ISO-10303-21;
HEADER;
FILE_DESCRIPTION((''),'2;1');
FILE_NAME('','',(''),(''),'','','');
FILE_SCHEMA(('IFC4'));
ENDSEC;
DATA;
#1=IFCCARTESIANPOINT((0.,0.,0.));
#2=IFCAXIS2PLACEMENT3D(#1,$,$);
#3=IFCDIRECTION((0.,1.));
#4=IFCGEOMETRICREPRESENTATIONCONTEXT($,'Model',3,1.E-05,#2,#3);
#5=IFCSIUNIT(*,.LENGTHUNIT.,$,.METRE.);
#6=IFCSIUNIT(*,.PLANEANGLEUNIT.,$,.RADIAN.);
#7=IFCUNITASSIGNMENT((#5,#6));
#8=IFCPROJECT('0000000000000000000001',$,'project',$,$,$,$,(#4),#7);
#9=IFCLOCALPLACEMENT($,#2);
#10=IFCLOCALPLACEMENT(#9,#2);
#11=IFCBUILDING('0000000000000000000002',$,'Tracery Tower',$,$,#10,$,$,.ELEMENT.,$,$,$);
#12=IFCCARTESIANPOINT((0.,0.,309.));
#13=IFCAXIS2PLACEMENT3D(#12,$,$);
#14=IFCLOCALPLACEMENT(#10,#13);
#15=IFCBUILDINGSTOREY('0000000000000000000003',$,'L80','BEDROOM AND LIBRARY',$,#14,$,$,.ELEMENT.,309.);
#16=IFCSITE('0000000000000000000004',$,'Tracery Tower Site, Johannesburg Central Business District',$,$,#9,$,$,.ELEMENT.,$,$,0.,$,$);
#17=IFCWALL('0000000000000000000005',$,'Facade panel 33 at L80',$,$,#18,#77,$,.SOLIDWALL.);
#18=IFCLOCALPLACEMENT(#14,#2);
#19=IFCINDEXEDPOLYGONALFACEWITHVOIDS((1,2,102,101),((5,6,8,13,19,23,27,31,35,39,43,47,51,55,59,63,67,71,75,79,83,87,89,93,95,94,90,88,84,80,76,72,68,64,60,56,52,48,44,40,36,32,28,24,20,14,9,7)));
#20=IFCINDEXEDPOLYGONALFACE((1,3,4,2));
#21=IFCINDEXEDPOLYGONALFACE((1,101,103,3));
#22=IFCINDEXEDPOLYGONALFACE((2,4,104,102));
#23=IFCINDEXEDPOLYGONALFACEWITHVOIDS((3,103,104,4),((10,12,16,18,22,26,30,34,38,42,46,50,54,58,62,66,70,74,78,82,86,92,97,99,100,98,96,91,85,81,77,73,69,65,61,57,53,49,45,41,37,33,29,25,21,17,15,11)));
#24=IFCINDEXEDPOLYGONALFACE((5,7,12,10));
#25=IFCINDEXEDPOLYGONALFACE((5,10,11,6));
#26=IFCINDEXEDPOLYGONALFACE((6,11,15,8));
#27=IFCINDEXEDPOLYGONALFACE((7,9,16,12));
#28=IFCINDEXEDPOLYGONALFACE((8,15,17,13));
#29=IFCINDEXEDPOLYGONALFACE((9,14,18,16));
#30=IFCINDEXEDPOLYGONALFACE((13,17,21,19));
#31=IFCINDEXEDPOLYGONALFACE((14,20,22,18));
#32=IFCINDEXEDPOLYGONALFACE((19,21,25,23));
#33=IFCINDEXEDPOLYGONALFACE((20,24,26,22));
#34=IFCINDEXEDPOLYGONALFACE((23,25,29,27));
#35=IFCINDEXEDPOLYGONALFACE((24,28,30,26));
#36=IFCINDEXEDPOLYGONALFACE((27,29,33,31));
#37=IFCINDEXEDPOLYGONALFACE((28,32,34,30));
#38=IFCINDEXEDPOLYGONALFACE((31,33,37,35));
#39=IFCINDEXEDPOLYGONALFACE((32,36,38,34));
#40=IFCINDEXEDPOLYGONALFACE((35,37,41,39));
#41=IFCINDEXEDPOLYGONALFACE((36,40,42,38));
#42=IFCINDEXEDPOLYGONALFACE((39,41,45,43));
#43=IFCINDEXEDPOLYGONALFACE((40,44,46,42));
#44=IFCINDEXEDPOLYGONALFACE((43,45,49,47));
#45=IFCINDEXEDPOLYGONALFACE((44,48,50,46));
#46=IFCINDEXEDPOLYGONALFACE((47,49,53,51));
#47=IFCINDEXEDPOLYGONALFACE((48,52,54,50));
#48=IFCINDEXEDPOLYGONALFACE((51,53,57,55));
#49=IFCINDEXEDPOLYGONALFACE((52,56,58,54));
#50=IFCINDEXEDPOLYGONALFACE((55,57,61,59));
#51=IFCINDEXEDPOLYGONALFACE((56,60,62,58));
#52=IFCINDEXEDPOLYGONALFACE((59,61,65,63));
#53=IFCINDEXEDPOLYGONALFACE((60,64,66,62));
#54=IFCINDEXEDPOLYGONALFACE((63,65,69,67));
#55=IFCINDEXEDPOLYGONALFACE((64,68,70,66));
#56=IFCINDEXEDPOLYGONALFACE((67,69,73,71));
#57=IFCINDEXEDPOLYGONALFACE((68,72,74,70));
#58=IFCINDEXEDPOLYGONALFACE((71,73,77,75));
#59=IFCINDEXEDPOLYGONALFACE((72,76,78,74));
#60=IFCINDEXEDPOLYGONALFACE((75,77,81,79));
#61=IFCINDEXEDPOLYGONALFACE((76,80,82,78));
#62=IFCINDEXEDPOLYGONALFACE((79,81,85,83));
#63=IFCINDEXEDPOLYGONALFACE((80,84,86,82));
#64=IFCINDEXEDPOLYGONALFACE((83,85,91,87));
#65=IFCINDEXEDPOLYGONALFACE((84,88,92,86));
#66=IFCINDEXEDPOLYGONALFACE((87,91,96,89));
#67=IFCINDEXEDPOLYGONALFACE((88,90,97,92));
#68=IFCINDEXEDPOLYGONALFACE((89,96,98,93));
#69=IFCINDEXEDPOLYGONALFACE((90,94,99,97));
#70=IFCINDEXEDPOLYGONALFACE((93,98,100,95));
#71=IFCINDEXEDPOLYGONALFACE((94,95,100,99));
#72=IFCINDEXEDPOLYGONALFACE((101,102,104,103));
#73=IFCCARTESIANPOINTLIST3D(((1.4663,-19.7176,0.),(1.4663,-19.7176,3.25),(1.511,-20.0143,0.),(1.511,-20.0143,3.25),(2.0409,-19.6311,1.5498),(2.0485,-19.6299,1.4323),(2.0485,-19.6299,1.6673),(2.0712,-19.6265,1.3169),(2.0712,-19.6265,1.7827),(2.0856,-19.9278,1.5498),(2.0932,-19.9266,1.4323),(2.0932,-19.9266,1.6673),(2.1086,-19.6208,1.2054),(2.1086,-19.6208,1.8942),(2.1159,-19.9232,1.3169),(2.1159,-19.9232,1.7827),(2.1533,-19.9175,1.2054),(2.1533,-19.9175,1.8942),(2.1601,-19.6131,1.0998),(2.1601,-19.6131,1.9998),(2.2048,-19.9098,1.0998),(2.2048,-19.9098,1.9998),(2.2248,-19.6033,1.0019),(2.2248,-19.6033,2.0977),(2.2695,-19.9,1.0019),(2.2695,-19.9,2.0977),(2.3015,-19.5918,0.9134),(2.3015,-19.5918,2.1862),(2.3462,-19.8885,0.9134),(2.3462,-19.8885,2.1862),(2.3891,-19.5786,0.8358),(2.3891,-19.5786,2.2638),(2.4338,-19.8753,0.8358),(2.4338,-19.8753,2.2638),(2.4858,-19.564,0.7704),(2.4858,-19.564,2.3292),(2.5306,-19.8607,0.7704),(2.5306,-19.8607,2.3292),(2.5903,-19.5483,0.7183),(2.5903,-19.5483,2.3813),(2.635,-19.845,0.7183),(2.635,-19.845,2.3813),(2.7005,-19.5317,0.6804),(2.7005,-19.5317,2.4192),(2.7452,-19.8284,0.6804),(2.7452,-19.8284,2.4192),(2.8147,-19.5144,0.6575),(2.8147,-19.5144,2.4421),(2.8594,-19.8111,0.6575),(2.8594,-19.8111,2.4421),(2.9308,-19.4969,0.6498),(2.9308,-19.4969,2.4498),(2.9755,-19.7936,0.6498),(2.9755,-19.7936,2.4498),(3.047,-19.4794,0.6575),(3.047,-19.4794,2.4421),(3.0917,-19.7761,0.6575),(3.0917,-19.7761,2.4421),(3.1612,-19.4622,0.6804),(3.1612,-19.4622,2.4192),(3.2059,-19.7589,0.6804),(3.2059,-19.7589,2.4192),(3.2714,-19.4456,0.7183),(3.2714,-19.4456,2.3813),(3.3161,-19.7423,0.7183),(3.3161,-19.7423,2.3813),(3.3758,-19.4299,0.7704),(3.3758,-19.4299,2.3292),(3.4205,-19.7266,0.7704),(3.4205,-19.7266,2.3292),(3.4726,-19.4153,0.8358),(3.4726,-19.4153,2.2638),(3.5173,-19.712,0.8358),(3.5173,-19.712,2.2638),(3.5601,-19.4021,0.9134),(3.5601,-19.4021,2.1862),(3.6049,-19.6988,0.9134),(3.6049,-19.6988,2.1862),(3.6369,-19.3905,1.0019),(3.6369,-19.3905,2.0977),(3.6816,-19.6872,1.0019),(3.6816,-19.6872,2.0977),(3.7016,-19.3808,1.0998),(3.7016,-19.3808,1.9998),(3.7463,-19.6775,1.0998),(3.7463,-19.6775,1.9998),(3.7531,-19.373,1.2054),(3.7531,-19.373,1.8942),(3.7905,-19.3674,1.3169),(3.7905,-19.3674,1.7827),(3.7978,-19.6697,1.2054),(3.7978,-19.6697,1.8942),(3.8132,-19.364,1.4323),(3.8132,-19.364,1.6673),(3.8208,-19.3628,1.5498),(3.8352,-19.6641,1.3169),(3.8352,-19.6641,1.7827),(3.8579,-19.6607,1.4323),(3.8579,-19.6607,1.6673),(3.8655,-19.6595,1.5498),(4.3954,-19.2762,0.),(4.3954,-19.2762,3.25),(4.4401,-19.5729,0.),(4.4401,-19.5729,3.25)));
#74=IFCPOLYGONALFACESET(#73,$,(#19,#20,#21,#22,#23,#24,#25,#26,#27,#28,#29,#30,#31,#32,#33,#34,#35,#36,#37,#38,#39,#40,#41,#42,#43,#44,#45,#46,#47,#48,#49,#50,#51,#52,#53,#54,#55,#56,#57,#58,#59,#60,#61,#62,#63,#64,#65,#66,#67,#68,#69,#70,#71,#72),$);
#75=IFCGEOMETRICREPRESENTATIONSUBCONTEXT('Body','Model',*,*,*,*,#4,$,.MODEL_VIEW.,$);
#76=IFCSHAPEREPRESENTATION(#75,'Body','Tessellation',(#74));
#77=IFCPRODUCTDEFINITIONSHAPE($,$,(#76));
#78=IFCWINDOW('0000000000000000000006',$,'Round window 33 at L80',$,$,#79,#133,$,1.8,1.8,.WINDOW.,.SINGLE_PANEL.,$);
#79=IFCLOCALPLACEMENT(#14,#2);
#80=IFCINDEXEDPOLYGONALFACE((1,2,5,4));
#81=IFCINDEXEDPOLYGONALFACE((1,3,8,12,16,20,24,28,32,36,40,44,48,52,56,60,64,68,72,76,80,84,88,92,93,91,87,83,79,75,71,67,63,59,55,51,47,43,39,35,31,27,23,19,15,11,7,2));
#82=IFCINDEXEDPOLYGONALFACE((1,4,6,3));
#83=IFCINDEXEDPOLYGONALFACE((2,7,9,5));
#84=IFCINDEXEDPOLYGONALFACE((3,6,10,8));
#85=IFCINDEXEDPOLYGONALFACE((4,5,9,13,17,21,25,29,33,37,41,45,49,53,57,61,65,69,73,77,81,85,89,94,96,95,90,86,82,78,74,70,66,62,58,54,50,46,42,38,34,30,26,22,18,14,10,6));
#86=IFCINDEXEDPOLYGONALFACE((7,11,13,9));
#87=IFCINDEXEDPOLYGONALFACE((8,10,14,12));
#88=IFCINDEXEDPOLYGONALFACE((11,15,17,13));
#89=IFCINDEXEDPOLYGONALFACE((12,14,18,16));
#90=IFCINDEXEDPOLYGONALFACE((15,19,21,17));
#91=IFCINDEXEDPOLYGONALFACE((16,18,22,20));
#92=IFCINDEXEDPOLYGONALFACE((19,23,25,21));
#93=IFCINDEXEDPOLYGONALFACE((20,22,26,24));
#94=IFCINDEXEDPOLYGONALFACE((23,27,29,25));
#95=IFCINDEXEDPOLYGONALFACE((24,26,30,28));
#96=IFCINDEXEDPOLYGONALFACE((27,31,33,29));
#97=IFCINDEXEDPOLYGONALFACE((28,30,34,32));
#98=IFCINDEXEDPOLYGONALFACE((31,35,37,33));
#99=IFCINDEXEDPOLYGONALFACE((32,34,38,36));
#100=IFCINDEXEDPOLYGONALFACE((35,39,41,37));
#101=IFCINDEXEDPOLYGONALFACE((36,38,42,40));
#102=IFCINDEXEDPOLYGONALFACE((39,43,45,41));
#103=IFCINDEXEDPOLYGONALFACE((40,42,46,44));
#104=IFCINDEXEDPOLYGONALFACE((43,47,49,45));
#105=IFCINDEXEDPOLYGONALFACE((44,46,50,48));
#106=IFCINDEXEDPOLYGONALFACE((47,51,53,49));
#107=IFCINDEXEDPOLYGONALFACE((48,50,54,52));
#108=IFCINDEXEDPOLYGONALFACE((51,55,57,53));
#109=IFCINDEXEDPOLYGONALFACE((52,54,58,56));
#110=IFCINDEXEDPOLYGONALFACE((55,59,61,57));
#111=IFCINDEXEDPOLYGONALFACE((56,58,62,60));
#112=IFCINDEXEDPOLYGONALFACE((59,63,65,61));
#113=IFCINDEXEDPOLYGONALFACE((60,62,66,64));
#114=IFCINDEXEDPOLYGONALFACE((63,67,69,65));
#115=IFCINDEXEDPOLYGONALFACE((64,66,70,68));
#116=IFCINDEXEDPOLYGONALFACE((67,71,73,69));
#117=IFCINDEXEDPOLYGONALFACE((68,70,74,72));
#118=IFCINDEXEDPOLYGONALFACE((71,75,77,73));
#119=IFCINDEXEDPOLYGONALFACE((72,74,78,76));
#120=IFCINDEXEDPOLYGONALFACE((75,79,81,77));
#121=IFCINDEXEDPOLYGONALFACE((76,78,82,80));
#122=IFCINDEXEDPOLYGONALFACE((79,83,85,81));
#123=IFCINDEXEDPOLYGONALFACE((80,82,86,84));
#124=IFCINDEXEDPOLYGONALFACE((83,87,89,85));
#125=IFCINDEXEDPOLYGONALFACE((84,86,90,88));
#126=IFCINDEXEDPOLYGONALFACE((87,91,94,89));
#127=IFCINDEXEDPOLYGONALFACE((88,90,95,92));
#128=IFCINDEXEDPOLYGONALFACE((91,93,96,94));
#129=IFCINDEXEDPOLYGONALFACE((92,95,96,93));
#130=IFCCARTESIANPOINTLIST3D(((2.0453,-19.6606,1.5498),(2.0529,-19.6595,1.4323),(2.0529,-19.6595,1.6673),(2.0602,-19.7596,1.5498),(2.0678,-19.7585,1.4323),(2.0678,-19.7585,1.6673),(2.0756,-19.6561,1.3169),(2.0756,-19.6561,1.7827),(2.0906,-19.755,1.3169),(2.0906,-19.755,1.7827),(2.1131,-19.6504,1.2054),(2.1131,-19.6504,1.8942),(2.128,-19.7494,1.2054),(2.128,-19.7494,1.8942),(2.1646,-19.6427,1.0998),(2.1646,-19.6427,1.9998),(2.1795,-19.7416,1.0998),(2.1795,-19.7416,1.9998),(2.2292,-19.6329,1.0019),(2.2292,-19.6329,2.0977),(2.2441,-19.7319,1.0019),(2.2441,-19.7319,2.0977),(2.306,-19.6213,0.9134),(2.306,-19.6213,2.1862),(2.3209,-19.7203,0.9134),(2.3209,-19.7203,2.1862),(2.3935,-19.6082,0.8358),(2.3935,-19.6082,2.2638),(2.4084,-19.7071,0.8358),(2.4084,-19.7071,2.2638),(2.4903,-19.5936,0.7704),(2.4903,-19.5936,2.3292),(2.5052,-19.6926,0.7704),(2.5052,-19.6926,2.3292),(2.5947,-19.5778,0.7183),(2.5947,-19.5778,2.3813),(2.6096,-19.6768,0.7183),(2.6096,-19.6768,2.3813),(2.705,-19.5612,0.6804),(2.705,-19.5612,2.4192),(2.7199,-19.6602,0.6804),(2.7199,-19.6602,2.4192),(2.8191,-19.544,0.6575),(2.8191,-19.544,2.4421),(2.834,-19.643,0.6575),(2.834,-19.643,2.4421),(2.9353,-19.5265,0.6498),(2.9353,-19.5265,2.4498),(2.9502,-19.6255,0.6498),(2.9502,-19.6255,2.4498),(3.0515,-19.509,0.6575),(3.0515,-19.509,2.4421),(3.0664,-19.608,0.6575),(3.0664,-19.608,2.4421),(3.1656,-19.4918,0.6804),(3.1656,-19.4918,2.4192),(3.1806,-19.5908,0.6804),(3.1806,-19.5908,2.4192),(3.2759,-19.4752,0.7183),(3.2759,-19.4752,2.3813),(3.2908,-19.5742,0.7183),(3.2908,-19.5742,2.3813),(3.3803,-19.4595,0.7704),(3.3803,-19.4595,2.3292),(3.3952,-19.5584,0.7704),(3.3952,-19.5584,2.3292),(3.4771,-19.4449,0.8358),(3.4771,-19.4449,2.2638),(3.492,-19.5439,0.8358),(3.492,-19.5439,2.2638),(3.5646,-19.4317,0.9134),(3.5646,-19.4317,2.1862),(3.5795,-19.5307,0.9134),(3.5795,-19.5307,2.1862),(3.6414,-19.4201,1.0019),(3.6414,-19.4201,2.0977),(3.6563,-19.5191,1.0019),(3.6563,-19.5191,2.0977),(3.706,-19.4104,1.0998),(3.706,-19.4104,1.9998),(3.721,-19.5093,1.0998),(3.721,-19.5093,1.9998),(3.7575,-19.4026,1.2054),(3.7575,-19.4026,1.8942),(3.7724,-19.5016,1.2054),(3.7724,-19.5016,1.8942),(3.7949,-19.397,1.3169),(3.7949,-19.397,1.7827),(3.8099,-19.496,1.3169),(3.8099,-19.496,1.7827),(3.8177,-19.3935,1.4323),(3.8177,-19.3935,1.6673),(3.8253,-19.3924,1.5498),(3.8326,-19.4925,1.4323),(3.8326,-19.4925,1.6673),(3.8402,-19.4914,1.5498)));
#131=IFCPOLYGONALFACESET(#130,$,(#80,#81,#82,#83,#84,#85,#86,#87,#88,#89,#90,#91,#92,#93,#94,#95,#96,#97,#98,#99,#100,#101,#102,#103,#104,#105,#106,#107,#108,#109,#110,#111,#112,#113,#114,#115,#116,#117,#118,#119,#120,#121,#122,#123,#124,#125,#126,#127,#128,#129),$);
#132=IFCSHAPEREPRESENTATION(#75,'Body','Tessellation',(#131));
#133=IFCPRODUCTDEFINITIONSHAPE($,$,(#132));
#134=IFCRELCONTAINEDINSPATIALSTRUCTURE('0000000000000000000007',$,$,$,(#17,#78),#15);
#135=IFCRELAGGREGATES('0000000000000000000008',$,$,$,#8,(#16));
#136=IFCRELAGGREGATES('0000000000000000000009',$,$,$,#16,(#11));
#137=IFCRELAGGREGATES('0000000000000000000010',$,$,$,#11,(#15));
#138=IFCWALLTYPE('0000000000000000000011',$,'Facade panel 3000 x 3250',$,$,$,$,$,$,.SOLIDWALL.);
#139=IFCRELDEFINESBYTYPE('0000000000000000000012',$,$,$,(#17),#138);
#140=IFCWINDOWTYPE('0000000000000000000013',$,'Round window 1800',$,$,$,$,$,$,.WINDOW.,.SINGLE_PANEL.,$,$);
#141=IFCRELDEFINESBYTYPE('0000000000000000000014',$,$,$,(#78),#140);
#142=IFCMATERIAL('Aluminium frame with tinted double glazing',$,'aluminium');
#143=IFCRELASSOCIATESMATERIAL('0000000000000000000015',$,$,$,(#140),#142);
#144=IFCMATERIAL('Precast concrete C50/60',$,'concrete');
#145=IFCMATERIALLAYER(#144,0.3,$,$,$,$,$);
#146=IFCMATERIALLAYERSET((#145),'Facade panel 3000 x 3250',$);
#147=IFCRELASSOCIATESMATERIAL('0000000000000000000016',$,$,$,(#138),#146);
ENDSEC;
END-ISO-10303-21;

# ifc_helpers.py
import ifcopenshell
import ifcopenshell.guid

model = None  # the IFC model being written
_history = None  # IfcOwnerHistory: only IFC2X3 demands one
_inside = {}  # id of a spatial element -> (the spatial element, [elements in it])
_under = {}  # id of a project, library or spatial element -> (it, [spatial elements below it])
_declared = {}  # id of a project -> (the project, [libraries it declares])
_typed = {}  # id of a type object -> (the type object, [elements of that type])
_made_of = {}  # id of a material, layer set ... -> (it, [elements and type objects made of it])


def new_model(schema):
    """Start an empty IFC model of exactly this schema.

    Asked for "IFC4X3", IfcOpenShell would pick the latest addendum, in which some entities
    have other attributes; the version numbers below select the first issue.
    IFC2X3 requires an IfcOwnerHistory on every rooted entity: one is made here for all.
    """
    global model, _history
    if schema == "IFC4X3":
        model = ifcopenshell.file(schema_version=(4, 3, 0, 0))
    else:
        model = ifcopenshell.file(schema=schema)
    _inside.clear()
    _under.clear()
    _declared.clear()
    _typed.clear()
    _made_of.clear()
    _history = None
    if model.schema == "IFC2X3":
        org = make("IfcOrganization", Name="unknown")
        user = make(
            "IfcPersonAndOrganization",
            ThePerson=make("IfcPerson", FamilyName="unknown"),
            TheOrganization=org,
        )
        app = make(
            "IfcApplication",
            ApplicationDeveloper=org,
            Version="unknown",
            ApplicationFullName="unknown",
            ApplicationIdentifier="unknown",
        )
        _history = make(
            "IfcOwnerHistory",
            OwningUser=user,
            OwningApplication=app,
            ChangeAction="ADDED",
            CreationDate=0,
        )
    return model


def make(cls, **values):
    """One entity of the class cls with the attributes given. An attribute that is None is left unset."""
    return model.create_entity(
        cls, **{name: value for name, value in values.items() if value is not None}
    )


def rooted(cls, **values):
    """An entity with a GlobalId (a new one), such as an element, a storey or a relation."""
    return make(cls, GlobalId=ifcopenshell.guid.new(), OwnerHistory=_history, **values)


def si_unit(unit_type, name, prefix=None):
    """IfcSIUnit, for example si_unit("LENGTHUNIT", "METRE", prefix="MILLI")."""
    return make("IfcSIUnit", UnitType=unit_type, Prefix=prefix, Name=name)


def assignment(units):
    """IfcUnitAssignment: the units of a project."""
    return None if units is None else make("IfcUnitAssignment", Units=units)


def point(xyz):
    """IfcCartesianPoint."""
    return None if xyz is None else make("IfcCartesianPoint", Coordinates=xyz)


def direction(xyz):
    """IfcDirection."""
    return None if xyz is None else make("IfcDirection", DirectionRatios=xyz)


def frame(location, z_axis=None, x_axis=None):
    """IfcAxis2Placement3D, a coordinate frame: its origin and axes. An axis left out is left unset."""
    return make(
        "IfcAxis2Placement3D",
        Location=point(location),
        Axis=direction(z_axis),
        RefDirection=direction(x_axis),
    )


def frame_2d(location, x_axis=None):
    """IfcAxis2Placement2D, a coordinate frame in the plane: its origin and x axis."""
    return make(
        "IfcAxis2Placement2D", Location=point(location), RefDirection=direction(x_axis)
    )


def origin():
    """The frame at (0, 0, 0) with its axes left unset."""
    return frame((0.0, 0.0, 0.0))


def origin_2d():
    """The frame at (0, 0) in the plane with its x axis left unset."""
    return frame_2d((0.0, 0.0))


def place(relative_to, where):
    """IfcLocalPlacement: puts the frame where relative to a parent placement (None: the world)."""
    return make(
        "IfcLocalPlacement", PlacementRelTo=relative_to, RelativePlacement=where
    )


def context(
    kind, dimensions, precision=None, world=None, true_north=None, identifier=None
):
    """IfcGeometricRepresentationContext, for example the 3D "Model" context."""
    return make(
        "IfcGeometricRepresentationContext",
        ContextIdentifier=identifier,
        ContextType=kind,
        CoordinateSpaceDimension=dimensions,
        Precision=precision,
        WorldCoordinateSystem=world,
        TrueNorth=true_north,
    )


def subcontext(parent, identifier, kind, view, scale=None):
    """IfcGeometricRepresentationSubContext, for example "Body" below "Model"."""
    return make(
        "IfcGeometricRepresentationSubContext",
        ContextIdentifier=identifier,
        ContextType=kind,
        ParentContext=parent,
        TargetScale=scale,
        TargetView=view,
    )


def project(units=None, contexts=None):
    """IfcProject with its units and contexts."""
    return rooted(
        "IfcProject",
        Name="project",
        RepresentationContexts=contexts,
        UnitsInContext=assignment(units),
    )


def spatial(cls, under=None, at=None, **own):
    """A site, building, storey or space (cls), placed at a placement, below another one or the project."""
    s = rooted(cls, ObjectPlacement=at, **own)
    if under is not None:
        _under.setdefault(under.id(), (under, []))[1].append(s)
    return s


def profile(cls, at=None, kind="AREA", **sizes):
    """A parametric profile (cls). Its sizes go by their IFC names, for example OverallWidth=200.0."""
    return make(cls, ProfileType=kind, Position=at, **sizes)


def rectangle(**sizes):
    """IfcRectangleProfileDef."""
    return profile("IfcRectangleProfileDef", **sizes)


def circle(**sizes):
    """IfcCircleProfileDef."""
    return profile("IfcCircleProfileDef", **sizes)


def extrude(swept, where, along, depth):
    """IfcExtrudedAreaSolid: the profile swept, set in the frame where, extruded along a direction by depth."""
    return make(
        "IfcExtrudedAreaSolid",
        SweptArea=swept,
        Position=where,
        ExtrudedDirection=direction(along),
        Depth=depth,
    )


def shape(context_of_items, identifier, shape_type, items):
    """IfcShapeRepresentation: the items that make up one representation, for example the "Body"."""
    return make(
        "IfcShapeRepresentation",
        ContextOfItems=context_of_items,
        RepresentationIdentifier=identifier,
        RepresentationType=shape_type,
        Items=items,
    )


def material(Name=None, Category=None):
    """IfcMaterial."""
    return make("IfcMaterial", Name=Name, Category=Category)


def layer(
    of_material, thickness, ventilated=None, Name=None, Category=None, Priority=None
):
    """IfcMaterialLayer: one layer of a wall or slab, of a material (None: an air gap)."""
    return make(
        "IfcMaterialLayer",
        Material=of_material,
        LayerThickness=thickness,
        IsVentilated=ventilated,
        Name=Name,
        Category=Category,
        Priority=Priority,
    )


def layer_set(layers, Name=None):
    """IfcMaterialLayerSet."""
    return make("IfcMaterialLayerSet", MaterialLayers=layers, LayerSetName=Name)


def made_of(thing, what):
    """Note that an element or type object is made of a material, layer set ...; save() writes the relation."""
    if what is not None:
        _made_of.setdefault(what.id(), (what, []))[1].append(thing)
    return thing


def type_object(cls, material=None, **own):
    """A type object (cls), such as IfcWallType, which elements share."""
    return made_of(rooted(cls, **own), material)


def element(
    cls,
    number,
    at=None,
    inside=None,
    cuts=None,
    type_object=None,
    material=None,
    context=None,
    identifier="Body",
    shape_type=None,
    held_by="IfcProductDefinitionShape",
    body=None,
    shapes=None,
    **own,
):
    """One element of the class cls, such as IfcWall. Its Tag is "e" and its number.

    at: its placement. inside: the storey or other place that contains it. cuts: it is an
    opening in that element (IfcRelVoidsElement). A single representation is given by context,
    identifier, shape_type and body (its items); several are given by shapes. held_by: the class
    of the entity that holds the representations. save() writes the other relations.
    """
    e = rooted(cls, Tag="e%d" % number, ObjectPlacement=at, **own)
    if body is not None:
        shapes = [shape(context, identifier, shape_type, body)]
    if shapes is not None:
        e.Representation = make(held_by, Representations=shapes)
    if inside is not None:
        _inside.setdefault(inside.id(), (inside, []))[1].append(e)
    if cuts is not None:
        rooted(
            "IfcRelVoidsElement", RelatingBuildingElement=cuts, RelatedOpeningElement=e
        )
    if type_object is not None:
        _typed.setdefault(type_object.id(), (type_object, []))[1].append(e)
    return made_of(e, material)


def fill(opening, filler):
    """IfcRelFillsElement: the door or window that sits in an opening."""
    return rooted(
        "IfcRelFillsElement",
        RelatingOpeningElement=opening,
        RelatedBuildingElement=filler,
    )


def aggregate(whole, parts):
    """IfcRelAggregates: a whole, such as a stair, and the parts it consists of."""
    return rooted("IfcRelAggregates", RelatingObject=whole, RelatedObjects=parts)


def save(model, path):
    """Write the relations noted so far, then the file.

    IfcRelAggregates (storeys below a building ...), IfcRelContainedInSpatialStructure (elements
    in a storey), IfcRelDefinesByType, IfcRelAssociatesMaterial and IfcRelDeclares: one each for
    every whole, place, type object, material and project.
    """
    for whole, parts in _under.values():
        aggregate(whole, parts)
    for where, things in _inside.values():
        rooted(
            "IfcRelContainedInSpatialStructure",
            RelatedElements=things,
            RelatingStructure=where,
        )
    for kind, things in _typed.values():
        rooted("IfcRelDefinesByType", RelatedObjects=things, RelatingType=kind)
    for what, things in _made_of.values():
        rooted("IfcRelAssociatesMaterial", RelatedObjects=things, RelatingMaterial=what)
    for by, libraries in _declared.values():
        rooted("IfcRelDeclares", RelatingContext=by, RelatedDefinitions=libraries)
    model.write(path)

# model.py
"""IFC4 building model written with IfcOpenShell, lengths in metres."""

from ifc_helpers import new_model, si_unit, direction, frame, frame_2d, origin, origin_2d, place, context, subcontext, project, spatial, rectangle, circle, extrude, material, layer, layer_set, type_object, element, fill, save


model = new_model("IFC4")

# Units and contexts
model_context = context("Model", 3, precision=1e-05, world=origin(), true_north=direction((0.0, 1.0)))
body_context = subcontext(model_context, "Body", "Model", "MODEL_VIEW")
ifc_project = project(units=[si_unit("LENGTHUNIT", "METRE"), si_unit("PLANEANGLEUNIT", "RADIAN")], contexts=[model_context])

# Site, building, storey
site_placement = place(None, origin())
site = spatial("IfcSite", under=ifc_project, at=site_placement, Name="Tracery Tower Site, Johannesburg Central Business District", CompositionType="ELEMENT", RefElevation=0.0)
building_placement = place(site_placement, origin())
building = spatial("IfcBuilding", under=site, at=building_placement, Name="Tracery Tower", CompositionType="ELEMENT")
storey_placement = place(building_placement, frame((0.0, 0.0, 309.0)))
storey = spatial("IfcBuildingStorey", under=building, at=storey_placement, Name="L80", Description="BEDROOM AND LIBRARY", CompositionType="ELEMENT", Elevation=309.0)

# Wall, opening, window
ifc_material_1 = material(Name="Aluminium frame with tinted double glazing", Category="aluminium")
window_type = type_object("IfcWindowType", Name="Round window 1800", PartitioningType="SINGLE_PANEL", PredefinedType="WINDOW", material=ifc_material_1)
ifc_material_2 = material(Name="Precast concrete C50/60", Category="concrete")
ifc_layer_1 = layer(ifc_material_2, 0.3)
ifc_layer_set_1 = layer_set([ifc_layer_1], Name="Facade panel 3000 x 3250")
wall_type_1 = type_object("IfcWallType", Name="Facade panel 3000 x 3250", PredefinedType="SOLIDWALL", material=ifc_layer_set_1)
wall_1_placement = place(storey_placement, frame((1.4888, -19.866, 0.0), z_axis=(0.0, 0.0, 1.0), x_axis=(0.988836, 0.149009, 0.0)))
wall_1 = element("IfcWall", 1, at=wall_1_placement, inside=storey, type_object=wall_type_1, Name="Facade panel 33 at L80", PredefinedType="SOLIDWALL", context=body_context, shape_type="SweptSolid", body=[
    extrude(rectangle(XDim=2.9622, YDim=0.3, at=frame_2d((1.481, 0.0))), origin(), (0.0, 0.0, 1.0), 3.25),
])
opening_1_placement = place(wall_1_placement, frame((1.481, 0.0, 1.5498)))
opening_1 = element("IfcOpeningElement", 2, at=opening_1_placement, cuts=wall_1, PredefinedType="OPENING", context=body_context, shape_type="SweptSolid", body=[
    extrude(circle(Radius=0.9, at=origin_2d()), frame((0.0, 0.1599, 0.0), z_axis=(0.0, -1.0, 0.0), x_axis=(1.0, 0.0, 0.0)), (0.0, 0.0, 1.0), 0.3201),
])
window_1_placement = place(opening_1_placement, origin())
window_1 = element("IfcWindow", 3, at=window_1_placement, inside=storey, type_object=window_type, Name="Round window 33 at L80", OverallHeight=1.8, OverallWidth=1.8, PartitioningType="SINGLE_PANEL", PredefinedType="WINDOW", context=body_context, shape_type="SweptSolid", body=[
    extrude(circle(Radius=0.9, at=origin_2d()), frame((0.0, 0.1201, 0.0), z_axis=(0.0, -1.0, 0.0), x_axis=(1.0, 0.0, 0.0)), (0.0, 0.0, 1.0), 0.1001),
])
fill(opening_1, window_1)

save(model, "model.ifc")
